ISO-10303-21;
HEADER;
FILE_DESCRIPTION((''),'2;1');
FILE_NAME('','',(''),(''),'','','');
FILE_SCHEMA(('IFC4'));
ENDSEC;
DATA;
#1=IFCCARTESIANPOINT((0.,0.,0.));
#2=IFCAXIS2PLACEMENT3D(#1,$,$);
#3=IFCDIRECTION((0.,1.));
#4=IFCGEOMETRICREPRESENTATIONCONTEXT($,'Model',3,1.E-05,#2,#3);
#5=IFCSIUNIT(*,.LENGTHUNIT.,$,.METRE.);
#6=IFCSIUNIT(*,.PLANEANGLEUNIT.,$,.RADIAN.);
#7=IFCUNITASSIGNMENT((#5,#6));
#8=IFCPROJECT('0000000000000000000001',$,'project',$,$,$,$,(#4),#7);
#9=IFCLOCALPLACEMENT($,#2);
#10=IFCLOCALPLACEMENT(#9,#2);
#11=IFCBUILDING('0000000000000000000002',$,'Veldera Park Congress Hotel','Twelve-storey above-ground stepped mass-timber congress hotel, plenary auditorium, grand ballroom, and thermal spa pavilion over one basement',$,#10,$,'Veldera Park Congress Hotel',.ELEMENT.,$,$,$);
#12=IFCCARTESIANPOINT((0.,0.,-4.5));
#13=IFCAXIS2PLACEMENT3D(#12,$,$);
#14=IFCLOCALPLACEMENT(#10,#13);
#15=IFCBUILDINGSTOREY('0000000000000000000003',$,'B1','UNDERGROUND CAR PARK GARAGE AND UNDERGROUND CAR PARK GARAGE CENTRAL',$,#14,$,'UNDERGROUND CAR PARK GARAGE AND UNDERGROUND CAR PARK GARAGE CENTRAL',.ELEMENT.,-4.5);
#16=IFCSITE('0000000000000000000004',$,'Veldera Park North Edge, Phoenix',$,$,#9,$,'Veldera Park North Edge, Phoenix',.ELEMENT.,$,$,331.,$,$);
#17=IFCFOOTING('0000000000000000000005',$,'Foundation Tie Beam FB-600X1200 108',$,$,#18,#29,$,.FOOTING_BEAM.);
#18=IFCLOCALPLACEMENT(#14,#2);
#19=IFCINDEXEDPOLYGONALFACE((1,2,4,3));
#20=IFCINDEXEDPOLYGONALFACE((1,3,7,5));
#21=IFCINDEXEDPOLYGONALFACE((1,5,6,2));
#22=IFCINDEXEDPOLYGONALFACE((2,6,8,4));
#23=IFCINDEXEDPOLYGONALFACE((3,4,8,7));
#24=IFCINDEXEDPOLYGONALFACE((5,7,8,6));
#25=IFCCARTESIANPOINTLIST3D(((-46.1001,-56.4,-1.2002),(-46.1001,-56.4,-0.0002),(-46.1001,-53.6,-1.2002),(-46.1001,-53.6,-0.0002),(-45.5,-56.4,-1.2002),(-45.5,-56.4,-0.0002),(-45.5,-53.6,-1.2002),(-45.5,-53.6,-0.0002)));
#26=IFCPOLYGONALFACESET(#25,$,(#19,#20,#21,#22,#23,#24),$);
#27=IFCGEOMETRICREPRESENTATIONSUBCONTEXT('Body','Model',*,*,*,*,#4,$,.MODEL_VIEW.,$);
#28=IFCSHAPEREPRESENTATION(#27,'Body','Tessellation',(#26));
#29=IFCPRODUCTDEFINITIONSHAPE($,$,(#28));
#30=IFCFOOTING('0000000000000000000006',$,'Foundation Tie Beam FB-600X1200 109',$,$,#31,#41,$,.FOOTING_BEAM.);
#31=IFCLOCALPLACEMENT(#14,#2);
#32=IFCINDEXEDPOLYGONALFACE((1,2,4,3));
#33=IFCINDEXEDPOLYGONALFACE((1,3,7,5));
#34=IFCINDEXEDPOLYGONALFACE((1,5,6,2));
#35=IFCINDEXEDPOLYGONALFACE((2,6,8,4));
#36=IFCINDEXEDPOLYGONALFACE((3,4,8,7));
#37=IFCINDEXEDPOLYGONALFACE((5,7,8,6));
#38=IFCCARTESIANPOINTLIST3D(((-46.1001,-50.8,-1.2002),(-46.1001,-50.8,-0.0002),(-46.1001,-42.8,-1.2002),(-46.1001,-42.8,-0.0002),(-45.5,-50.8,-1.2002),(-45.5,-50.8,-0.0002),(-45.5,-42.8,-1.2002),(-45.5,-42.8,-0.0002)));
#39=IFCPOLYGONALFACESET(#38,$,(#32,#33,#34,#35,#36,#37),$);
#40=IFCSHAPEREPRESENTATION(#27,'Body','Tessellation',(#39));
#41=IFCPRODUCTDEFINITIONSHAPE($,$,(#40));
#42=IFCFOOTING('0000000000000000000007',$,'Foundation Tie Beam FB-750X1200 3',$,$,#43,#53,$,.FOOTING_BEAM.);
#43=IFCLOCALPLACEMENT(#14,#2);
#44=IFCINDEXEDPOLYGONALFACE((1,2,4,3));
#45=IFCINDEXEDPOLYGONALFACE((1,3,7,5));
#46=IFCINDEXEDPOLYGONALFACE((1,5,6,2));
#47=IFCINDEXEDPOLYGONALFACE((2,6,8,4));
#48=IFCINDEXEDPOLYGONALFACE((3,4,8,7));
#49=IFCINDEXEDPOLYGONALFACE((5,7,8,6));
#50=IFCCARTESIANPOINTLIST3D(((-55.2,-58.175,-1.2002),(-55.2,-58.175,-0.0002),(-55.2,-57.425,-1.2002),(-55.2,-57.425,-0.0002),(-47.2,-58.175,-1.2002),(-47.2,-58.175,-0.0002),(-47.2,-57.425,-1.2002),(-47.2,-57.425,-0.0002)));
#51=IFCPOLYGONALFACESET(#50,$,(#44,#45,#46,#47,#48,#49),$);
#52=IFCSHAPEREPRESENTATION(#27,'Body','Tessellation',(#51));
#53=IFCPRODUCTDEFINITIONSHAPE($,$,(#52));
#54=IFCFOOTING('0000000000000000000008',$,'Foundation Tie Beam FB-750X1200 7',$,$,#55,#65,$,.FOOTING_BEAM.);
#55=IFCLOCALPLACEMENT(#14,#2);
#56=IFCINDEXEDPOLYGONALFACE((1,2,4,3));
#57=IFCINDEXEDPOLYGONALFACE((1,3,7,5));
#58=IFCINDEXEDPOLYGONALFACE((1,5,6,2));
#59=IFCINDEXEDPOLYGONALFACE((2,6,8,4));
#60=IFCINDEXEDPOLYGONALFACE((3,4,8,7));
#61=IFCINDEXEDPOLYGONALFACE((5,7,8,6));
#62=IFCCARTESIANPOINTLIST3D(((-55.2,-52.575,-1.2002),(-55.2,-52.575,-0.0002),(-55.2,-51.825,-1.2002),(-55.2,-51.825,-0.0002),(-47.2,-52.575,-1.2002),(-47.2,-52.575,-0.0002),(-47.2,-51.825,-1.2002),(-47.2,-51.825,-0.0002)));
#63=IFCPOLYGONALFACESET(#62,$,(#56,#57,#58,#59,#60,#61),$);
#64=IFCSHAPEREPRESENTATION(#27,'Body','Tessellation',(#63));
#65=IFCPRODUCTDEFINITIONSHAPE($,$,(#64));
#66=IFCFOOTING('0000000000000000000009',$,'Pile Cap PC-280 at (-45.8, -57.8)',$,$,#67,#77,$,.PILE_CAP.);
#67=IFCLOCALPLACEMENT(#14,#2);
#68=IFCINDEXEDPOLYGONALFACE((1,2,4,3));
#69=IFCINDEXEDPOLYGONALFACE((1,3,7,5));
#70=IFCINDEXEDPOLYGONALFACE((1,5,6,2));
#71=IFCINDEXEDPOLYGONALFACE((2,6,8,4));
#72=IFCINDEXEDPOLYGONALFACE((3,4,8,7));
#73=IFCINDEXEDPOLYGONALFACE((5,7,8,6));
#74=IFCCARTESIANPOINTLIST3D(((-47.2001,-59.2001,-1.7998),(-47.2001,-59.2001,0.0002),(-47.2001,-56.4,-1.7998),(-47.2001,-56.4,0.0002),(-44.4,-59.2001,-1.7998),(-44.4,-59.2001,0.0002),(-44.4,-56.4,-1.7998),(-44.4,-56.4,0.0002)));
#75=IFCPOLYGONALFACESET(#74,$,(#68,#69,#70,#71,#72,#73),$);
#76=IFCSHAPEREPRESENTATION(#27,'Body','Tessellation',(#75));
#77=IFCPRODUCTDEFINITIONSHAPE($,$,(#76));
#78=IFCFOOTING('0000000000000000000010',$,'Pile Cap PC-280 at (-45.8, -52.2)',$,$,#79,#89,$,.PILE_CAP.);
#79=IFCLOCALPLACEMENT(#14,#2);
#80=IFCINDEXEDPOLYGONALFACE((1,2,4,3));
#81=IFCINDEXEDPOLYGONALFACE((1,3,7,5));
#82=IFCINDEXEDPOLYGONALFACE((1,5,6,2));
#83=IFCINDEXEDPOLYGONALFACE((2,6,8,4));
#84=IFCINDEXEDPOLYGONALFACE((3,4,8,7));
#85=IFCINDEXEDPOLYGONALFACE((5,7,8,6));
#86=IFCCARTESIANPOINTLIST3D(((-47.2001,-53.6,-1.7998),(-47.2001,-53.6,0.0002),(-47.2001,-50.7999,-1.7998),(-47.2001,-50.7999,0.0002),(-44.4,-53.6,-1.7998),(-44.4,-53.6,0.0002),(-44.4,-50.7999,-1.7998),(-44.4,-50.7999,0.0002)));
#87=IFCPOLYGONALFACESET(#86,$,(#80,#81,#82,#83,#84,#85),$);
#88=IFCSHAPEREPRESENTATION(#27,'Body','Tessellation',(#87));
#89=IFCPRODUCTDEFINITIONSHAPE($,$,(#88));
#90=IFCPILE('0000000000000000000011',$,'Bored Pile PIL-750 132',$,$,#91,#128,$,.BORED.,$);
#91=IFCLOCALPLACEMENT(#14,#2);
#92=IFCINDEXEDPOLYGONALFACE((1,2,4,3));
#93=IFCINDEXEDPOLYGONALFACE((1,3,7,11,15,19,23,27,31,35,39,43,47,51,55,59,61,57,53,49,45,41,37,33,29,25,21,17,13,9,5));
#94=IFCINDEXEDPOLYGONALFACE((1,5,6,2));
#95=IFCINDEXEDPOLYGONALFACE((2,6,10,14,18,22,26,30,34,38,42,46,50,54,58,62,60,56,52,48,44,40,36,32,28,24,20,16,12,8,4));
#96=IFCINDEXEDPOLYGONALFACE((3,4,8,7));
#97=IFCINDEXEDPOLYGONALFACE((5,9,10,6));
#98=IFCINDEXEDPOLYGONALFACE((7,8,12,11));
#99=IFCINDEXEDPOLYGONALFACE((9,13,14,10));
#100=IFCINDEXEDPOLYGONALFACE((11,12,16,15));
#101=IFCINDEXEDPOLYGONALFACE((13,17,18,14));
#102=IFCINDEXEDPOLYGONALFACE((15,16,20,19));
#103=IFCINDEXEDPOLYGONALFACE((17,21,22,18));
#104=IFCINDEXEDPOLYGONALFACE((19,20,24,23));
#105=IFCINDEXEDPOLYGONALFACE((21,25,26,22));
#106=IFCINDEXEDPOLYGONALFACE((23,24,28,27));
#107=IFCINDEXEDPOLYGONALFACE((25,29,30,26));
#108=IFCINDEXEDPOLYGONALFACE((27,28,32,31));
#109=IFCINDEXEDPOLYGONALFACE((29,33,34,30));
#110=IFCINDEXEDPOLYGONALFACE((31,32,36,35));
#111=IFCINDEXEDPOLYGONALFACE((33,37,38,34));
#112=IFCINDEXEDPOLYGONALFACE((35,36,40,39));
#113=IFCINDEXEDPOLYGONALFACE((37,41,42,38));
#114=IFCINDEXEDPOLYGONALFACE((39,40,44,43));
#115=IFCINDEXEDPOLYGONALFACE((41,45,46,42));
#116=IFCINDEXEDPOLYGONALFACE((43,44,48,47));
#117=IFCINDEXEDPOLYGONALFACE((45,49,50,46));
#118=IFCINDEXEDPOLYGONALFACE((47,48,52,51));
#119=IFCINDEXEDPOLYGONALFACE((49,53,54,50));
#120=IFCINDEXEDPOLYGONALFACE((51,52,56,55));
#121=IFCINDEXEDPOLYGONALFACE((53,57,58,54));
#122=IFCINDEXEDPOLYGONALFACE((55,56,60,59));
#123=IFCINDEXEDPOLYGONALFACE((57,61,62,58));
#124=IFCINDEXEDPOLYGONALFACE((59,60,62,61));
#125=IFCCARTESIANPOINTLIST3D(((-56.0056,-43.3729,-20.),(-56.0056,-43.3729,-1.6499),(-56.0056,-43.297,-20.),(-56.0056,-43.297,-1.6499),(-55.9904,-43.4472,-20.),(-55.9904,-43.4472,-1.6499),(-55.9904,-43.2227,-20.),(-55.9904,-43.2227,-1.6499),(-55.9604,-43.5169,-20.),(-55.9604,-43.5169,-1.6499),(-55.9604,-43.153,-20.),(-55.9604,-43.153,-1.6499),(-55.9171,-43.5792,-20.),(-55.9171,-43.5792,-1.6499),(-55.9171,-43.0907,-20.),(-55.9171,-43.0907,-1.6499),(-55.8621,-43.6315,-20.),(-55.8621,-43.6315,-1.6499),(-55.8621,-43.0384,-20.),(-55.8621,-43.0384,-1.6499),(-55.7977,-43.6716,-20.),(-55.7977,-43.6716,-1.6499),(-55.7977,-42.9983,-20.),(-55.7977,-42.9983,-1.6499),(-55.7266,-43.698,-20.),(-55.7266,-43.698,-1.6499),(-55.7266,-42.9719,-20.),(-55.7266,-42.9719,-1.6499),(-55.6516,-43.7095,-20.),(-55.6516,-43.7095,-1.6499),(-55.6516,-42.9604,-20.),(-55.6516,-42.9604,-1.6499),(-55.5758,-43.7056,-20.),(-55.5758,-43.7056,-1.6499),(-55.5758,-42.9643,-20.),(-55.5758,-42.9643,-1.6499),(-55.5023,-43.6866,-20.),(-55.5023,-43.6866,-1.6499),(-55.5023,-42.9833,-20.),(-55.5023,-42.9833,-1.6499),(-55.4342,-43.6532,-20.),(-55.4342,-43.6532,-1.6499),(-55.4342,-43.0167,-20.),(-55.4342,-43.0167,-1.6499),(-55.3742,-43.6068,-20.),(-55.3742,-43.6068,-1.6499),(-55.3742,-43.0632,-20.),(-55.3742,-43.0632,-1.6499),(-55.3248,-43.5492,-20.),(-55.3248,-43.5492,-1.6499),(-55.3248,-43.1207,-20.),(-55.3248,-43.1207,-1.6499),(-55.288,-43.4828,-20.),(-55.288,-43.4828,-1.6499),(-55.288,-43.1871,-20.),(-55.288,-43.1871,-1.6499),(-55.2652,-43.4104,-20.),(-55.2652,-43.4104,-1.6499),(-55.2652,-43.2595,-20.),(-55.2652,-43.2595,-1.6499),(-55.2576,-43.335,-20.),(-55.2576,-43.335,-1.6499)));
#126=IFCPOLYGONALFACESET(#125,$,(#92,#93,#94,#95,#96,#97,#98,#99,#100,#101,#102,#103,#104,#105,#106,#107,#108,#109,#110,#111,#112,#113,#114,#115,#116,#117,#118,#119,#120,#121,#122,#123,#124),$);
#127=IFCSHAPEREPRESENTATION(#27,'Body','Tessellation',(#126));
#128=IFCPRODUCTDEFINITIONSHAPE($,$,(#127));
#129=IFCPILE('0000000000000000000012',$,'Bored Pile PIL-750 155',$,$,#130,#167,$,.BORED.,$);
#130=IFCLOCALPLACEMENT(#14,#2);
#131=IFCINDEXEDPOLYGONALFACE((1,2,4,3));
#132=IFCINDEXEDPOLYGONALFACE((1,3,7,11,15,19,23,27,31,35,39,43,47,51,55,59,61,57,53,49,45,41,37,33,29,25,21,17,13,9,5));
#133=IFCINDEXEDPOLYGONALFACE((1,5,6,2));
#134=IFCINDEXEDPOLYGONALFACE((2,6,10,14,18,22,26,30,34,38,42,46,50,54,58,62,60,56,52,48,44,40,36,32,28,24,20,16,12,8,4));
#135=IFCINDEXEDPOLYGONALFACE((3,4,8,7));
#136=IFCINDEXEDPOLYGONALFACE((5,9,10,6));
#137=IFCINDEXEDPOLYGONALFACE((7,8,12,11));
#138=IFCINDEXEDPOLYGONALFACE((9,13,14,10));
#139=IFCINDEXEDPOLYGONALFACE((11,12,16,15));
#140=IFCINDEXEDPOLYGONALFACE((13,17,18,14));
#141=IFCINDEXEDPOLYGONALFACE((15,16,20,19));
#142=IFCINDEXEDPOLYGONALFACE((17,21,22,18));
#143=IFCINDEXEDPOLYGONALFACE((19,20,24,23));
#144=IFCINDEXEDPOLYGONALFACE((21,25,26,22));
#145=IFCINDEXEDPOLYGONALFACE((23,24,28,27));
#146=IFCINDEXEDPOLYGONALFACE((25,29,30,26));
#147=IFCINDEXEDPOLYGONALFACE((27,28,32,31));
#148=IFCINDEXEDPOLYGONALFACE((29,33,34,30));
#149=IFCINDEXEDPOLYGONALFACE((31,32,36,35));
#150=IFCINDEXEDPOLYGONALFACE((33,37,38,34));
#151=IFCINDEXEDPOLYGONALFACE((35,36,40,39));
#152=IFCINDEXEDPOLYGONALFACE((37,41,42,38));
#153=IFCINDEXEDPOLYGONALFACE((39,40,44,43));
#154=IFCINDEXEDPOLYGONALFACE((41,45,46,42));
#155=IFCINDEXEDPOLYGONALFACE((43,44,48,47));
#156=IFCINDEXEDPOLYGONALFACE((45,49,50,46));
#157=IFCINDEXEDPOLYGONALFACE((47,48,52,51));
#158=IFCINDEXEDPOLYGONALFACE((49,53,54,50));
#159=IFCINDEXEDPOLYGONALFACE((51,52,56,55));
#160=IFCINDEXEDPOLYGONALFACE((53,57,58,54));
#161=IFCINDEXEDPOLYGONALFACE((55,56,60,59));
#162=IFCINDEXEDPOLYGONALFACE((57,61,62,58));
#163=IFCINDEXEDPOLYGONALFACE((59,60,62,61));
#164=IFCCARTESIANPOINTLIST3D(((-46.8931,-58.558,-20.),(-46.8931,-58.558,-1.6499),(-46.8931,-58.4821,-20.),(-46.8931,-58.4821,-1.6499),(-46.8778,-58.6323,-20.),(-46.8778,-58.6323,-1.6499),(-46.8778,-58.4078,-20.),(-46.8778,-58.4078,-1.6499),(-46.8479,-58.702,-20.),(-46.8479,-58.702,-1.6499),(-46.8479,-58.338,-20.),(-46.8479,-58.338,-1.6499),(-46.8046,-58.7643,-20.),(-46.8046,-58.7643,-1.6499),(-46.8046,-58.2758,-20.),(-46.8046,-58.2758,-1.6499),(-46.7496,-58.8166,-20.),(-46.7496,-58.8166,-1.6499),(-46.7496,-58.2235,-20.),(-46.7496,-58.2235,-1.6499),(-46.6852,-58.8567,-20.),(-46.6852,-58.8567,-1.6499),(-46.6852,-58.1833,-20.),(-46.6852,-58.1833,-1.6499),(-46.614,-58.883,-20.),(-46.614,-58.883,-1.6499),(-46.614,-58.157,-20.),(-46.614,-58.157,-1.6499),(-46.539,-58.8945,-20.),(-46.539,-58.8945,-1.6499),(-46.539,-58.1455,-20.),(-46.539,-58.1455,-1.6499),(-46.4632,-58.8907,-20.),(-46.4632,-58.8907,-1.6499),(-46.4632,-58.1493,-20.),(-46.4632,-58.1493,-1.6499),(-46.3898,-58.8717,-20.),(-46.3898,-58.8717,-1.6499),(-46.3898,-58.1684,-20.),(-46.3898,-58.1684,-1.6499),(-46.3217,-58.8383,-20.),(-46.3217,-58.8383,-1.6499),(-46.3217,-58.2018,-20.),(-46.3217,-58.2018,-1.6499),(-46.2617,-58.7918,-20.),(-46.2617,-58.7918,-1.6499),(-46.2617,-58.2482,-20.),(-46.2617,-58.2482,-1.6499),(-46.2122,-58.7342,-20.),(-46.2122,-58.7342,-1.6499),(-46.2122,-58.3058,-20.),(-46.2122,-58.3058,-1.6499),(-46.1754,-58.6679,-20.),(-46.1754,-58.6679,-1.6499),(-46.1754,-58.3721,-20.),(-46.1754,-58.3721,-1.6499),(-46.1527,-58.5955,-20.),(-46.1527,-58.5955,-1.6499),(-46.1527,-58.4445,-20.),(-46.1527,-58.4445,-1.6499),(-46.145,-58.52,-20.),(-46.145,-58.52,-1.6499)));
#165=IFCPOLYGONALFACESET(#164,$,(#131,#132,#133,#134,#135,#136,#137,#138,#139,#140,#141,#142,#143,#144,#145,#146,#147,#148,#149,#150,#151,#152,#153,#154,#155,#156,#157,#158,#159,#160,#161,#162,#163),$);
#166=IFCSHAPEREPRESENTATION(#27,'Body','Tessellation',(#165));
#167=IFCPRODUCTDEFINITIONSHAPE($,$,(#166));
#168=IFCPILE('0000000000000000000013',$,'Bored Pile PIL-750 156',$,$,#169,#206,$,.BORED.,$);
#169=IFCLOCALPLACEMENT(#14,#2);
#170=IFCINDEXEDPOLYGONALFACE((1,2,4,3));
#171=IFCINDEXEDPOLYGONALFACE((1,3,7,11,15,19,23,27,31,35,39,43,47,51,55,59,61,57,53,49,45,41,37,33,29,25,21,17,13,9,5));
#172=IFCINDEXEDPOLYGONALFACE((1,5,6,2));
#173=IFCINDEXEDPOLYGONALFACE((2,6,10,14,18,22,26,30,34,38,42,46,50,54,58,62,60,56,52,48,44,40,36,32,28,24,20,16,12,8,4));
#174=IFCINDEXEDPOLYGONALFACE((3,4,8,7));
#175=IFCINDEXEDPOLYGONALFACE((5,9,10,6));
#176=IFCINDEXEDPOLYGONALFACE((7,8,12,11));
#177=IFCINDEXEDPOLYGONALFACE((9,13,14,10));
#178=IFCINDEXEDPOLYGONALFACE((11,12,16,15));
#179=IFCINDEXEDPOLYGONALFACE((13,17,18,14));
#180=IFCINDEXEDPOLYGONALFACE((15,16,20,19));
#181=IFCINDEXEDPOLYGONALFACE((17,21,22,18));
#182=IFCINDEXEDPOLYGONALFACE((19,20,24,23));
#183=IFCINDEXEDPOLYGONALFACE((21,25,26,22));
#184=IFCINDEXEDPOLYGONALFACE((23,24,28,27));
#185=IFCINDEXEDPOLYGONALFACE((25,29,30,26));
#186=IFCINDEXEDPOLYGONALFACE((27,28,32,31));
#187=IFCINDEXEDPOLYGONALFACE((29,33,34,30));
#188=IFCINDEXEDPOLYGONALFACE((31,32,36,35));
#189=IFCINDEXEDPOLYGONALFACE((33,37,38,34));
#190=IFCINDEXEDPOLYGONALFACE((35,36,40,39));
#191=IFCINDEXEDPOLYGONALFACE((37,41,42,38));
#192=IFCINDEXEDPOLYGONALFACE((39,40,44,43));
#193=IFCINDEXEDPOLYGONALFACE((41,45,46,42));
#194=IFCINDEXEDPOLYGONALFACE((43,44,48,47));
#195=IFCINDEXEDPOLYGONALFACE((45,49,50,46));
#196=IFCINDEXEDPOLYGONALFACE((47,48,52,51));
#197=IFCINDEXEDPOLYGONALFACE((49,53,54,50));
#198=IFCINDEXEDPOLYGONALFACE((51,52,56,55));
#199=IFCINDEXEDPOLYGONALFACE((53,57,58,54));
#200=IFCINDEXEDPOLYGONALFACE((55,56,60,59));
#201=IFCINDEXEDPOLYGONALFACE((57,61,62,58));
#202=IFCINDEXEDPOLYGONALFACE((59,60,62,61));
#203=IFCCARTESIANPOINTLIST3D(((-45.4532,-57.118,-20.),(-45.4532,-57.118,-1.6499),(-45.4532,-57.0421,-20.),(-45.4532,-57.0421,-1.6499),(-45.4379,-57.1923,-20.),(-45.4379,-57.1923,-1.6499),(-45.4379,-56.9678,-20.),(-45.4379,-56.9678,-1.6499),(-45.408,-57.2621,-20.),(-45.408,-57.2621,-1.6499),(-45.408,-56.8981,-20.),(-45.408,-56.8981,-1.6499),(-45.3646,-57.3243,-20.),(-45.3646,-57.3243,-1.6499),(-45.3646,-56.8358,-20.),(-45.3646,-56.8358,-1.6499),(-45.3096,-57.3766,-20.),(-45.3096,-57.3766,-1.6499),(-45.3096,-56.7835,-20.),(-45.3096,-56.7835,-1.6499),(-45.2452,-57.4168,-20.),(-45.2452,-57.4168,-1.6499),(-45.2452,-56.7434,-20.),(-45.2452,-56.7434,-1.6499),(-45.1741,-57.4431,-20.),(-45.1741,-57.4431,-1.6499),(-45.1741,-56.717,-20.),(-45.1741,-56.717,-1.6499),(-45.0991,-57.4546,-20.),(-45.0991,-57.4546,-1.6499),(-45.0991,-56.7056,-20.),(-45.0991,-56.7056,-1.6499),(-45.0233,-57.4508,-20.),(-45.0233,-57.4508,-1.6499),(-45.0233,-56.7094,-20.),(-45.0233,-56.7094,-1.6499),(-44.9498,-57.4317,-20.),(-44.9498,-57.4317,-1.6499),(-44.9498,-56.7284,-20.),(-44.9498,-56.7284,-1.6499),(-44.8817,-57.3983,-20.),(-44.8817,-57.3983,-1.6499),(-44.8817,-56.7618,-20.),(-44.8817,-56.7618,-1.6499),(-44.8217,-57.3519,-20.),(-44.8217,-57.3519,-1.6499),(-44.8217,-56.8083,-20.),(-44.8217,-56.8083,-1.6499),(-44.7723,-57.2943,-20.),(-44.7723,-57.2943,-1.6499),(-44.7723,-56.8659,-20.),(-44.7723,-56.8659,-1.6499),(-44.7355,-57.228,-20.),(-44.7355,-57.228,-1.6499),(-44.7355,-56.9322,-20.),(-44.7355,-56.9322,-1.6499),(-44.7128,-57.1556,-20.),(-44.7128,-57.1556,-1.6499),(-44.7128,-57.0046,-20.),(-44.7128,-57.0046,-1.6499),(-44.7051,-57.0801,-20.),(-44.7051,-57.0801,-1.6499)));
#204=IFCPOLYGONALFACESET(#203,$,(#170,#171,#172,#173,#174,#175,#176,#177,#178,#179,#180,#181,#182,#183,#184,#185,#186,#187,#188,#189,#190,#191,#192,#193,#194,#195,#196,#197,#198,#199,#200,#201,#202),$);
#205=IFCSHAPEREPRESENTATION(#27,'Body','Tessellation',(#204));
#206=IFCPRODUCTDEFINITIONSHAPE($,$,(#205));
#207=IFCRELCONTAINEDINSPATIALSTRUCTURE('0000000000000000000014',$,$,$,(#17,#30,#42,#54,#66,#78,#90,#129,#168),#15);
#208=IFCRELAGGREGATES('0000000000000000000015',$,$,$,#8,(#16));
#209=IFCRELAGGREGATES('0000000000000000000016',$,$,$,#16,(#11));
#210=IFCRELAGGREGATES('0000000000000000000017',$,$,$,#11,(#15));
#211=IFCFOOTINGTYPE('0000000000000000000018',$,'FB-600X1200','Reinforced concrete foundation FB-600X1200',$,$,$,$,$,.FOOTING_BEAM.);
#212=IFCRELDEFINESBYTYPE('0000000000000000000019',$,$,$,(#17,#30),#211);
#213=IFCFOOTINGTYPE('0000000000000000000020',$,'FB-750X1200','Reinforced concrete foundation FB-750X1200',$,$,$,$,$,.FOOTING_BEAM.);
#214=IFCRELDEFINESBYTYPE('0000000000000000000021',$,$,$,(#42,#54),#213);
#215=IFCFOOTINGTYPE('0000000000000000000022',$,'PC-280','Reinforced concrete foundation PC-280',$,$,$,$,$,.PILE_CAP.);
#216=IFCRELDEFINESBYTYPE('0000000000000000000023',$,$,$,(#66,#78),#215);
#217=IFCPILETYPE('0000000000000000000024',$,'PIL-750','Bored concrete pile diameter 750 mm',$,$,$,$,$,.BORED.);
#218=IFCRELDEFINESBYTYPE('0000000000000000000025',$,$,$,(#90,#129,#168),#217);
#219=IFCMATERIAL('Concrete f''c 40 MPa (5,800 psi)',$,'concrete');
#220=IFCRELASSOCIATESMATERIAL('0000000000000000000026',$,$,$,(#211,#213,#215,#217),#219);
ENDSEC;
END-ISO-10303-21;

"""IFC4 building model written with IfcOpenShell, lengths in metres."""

from ifc_helpers import new_model, si_unit, direction, frame, origin, origin_2d, place, context, subcontext, project, spatial, rectangle, circle, extrude, material, material_profile, profile_set, type_object, element, save


model = new_model("IFC4")

# Units and contexts
model_context = context("Model", 3, precision=1e-05, world=origin(), true_north=direction((0.0, 1.0)))
body_context = subcontext(model_context, "Body", "Model", "MODEL_VIEW")
ifc_project = project(units=[si_unit("LENGTHUNIT", "METRE"), si_unit("PLANEANGLEUNIT", "RADIAN")], contexts=[model_context])

# Site, building, storey
site_placement = place(None, origin())
site = spatial("IfcSite", under=ifc_project, at=site_placement, Name="Veldera Park North Edge, Phoenix", LongName="Veldera Park North Edge, Phoenix", CompositionType="ELEMENT", RefElevation=331.0)
building_placement = place(site_placement, origin())
building = spatial("IfcBuilding", under=site, at=building_placement, Name="Veldera Park Congress Hotel", Description="Twelve-storey above-ground stepped mass-timber congress hotel, plenary auditorium, grand ballroom, and thermal spa pavilion over one basement", LongName="Veldera Park Congress Hotel", CompositionType="ELEMENT")
storey_placement = place(building_placement, frame((0.0, 0.0, -4.5)))
storey = spatial("IfcBuildingStorey", under=building, at=storey_placement, Name="B1", Description="UNDERGROUND CAR PARK GARAGE AND UNDERGROUND CAR PARK GARAGE CENTRAL", LongName="UNDERGROUND CAR PARK GARAGE AND UNDERGROUND CAR PARK GARAGE CENTRAL", CompositionType="ELEMENT", Elevation=-4.5)

# Footings
ifc_material_1 = material(Name="Concrete f'c 40 MPa (5,800 psi)", Category="concrete")
footing_type_1 = type_object("IfcFootingType", Name="FB-600X1200", Description="Reinforced concrete foundation FB-600X1200", PredefinedType="FOOTING_BEAM", material=ifc_material_1)
footing_1_placement = place(storey_placement, frame((-45.8, -55.0, -1.2002), z_axis=(0.0, 0.0, 1.0), x_axis=(0.0, 1.0, 0.0)))
element("IfcFooting", 1, at=footing_1_placement, inside=storey, type_object=footing_type_1, Name="Foundation Tie Beam FB-600X1200 108", PredefinedType="FOOTING_BEAM", context=body_context, shape_type="SweptSolid", body=[
    extrude(rectangle(XDim=2.8, YDim=0.6001, at=origin_2d()), origin(), (0.0, 0.0, 1.0), 1.2),
])
footing_2_placement = place(storey_placement, frame((-45.8, -46.8, -1.2002), z_axis=(0.0, 0.0, 1.0), x_axis=(0.0, 1.0, 0.0)))
element("IfcFooting", 2, at=footing_2_placement, inside=storey, type_object=footing_type_1, Name="Foundation Tie Beam FB-600X1200 109", PredefinedType="FOOTING_BEAM", context=body_context, shape_type="SweptSolid", body=[
    extrude(rectangle(XDim=8.0, YDim=0.6001, at=origin_2d()), origin(), (0.0, 0.0, 1.0), 1.2),
])
footing_type_2 = type_object("IfcFootingType", Name="FB-750X1200", Description="Reinforced concrete foundation FB-750X1200", PredefinedType="FOOTING_BEAM", material=ifc_material_1)
for number, where, z_axis, x_axis, name in (
    (3, (-51.2, -57.8, -1.2002), (0.0, 0.0, 1.0), (1.0, 0.0, 0.0), "Foundation Tie Beam FB-750X1200 3"),
    (4, (-51.2, -52.2, -1.2002), (0.0, 0.0, 1.0), (1.0, 0.0, 0.0), "Foundation Tie Beam FB-750X1200 7"),
):
    element("IfcFooting", number, at=place(storey_placement, frame(where, z_axis=z_axis, x_axis=x_axis)), inside=storey, type_object=footing_type_2, Name=name, PredefinedType="FOOTING_BEAM", context=body_context, shape_type="SweptSolid", body=[
        extrude(rectangle(XDim=8.0, YDim=0.75, at=origin_2d()), origin(), (0.0, 0.0, 1.0), 1.2),
    ])
footing_type_3 = type_object("IfcFootingType", Name="PC-280", Description="Reinforced concrete foundation PC-280", PredefinedType="PILE_CAP", material=ifc_material_1)
for number, where, z_axis, x_axis, name in (
    (5, (-45.8, -57.8, -1.7998), (0.0, 0.0, 1.0), (1.0, 0.0, 0.0), "Pile Cap PC-280 at (-45.8, -57.8)"),
    (6, (-45.8, -52.2, -1.7998), (0.0, 0.0, 1.0), (1.0, 0.0, 0.0), "Pile Cap PC-280 at (-45.8, -52.2)"),
):
    element("IfcFooting", number, at=place(storey_placement, frame(where, z_axis=z_axis, x_axis=x_axis)), inside=storey, type_object=footing_type_3, Name=name, PredefinedType="PILE_CAP", context=body_context, shape_type="SweptSolid", body=[
        extrude(rectangle(XDim=2.8, YDim=2.8, at=origin_2d()), origin(), (0.0, 0.0, 1.0), 1.8),
    ])

# Piles
ifc_material_profile_1 = material_profile(ifc_material_1, circle(Radius=0.375, at=origin_2d()), Name="PILE D750")
ifc_profile_set_1 = profile_set([ifc_material_profile_1], Name="Concrete f'c 40 MPa (5,800 psi)")
pile_type = type_object("IfcPileType", Name="PIL-750", Description="Bored concrete pile diameter 750 mm", PredefinedType="BORED", material=ifc_profile_set_1)
for number, where, z_axis, x_axis, name in (
    (7, (-55.6326, -43.335, -1.6499), (0.0, 0.0, -1.0), (1.0, 0.0, 0.0), "Bored Pile PIL-750 132"),
    (8, (-46.52, -58.52, -1.6499), (0.0, 0.0, -1.0), (1.0, 0.0, 0.0), "Bored Pile PIL-750 155"),
    (9, (-45.0801, -57.0801, -1.6499), (0.0, 0.0, -1.0), (1.0, 0.0, 0.0), "Bored Pile PIL-750 156"),
):
    element("IfcPile", number, at=place(storey_placement, frame(where, z_axis=z_axis, x_axis=x_axis)), inside=storey, type_object=pile_type, Name=name, PredefinedType="BORED", context=body_context, shape_type="SweptSolid", body=[
        extrude(circle(Radius=0.375, at=origin_2d()), origin(), (0.0, 0.0, 1.0), 18.3501),
    ])

save(model, "model.ifc")
